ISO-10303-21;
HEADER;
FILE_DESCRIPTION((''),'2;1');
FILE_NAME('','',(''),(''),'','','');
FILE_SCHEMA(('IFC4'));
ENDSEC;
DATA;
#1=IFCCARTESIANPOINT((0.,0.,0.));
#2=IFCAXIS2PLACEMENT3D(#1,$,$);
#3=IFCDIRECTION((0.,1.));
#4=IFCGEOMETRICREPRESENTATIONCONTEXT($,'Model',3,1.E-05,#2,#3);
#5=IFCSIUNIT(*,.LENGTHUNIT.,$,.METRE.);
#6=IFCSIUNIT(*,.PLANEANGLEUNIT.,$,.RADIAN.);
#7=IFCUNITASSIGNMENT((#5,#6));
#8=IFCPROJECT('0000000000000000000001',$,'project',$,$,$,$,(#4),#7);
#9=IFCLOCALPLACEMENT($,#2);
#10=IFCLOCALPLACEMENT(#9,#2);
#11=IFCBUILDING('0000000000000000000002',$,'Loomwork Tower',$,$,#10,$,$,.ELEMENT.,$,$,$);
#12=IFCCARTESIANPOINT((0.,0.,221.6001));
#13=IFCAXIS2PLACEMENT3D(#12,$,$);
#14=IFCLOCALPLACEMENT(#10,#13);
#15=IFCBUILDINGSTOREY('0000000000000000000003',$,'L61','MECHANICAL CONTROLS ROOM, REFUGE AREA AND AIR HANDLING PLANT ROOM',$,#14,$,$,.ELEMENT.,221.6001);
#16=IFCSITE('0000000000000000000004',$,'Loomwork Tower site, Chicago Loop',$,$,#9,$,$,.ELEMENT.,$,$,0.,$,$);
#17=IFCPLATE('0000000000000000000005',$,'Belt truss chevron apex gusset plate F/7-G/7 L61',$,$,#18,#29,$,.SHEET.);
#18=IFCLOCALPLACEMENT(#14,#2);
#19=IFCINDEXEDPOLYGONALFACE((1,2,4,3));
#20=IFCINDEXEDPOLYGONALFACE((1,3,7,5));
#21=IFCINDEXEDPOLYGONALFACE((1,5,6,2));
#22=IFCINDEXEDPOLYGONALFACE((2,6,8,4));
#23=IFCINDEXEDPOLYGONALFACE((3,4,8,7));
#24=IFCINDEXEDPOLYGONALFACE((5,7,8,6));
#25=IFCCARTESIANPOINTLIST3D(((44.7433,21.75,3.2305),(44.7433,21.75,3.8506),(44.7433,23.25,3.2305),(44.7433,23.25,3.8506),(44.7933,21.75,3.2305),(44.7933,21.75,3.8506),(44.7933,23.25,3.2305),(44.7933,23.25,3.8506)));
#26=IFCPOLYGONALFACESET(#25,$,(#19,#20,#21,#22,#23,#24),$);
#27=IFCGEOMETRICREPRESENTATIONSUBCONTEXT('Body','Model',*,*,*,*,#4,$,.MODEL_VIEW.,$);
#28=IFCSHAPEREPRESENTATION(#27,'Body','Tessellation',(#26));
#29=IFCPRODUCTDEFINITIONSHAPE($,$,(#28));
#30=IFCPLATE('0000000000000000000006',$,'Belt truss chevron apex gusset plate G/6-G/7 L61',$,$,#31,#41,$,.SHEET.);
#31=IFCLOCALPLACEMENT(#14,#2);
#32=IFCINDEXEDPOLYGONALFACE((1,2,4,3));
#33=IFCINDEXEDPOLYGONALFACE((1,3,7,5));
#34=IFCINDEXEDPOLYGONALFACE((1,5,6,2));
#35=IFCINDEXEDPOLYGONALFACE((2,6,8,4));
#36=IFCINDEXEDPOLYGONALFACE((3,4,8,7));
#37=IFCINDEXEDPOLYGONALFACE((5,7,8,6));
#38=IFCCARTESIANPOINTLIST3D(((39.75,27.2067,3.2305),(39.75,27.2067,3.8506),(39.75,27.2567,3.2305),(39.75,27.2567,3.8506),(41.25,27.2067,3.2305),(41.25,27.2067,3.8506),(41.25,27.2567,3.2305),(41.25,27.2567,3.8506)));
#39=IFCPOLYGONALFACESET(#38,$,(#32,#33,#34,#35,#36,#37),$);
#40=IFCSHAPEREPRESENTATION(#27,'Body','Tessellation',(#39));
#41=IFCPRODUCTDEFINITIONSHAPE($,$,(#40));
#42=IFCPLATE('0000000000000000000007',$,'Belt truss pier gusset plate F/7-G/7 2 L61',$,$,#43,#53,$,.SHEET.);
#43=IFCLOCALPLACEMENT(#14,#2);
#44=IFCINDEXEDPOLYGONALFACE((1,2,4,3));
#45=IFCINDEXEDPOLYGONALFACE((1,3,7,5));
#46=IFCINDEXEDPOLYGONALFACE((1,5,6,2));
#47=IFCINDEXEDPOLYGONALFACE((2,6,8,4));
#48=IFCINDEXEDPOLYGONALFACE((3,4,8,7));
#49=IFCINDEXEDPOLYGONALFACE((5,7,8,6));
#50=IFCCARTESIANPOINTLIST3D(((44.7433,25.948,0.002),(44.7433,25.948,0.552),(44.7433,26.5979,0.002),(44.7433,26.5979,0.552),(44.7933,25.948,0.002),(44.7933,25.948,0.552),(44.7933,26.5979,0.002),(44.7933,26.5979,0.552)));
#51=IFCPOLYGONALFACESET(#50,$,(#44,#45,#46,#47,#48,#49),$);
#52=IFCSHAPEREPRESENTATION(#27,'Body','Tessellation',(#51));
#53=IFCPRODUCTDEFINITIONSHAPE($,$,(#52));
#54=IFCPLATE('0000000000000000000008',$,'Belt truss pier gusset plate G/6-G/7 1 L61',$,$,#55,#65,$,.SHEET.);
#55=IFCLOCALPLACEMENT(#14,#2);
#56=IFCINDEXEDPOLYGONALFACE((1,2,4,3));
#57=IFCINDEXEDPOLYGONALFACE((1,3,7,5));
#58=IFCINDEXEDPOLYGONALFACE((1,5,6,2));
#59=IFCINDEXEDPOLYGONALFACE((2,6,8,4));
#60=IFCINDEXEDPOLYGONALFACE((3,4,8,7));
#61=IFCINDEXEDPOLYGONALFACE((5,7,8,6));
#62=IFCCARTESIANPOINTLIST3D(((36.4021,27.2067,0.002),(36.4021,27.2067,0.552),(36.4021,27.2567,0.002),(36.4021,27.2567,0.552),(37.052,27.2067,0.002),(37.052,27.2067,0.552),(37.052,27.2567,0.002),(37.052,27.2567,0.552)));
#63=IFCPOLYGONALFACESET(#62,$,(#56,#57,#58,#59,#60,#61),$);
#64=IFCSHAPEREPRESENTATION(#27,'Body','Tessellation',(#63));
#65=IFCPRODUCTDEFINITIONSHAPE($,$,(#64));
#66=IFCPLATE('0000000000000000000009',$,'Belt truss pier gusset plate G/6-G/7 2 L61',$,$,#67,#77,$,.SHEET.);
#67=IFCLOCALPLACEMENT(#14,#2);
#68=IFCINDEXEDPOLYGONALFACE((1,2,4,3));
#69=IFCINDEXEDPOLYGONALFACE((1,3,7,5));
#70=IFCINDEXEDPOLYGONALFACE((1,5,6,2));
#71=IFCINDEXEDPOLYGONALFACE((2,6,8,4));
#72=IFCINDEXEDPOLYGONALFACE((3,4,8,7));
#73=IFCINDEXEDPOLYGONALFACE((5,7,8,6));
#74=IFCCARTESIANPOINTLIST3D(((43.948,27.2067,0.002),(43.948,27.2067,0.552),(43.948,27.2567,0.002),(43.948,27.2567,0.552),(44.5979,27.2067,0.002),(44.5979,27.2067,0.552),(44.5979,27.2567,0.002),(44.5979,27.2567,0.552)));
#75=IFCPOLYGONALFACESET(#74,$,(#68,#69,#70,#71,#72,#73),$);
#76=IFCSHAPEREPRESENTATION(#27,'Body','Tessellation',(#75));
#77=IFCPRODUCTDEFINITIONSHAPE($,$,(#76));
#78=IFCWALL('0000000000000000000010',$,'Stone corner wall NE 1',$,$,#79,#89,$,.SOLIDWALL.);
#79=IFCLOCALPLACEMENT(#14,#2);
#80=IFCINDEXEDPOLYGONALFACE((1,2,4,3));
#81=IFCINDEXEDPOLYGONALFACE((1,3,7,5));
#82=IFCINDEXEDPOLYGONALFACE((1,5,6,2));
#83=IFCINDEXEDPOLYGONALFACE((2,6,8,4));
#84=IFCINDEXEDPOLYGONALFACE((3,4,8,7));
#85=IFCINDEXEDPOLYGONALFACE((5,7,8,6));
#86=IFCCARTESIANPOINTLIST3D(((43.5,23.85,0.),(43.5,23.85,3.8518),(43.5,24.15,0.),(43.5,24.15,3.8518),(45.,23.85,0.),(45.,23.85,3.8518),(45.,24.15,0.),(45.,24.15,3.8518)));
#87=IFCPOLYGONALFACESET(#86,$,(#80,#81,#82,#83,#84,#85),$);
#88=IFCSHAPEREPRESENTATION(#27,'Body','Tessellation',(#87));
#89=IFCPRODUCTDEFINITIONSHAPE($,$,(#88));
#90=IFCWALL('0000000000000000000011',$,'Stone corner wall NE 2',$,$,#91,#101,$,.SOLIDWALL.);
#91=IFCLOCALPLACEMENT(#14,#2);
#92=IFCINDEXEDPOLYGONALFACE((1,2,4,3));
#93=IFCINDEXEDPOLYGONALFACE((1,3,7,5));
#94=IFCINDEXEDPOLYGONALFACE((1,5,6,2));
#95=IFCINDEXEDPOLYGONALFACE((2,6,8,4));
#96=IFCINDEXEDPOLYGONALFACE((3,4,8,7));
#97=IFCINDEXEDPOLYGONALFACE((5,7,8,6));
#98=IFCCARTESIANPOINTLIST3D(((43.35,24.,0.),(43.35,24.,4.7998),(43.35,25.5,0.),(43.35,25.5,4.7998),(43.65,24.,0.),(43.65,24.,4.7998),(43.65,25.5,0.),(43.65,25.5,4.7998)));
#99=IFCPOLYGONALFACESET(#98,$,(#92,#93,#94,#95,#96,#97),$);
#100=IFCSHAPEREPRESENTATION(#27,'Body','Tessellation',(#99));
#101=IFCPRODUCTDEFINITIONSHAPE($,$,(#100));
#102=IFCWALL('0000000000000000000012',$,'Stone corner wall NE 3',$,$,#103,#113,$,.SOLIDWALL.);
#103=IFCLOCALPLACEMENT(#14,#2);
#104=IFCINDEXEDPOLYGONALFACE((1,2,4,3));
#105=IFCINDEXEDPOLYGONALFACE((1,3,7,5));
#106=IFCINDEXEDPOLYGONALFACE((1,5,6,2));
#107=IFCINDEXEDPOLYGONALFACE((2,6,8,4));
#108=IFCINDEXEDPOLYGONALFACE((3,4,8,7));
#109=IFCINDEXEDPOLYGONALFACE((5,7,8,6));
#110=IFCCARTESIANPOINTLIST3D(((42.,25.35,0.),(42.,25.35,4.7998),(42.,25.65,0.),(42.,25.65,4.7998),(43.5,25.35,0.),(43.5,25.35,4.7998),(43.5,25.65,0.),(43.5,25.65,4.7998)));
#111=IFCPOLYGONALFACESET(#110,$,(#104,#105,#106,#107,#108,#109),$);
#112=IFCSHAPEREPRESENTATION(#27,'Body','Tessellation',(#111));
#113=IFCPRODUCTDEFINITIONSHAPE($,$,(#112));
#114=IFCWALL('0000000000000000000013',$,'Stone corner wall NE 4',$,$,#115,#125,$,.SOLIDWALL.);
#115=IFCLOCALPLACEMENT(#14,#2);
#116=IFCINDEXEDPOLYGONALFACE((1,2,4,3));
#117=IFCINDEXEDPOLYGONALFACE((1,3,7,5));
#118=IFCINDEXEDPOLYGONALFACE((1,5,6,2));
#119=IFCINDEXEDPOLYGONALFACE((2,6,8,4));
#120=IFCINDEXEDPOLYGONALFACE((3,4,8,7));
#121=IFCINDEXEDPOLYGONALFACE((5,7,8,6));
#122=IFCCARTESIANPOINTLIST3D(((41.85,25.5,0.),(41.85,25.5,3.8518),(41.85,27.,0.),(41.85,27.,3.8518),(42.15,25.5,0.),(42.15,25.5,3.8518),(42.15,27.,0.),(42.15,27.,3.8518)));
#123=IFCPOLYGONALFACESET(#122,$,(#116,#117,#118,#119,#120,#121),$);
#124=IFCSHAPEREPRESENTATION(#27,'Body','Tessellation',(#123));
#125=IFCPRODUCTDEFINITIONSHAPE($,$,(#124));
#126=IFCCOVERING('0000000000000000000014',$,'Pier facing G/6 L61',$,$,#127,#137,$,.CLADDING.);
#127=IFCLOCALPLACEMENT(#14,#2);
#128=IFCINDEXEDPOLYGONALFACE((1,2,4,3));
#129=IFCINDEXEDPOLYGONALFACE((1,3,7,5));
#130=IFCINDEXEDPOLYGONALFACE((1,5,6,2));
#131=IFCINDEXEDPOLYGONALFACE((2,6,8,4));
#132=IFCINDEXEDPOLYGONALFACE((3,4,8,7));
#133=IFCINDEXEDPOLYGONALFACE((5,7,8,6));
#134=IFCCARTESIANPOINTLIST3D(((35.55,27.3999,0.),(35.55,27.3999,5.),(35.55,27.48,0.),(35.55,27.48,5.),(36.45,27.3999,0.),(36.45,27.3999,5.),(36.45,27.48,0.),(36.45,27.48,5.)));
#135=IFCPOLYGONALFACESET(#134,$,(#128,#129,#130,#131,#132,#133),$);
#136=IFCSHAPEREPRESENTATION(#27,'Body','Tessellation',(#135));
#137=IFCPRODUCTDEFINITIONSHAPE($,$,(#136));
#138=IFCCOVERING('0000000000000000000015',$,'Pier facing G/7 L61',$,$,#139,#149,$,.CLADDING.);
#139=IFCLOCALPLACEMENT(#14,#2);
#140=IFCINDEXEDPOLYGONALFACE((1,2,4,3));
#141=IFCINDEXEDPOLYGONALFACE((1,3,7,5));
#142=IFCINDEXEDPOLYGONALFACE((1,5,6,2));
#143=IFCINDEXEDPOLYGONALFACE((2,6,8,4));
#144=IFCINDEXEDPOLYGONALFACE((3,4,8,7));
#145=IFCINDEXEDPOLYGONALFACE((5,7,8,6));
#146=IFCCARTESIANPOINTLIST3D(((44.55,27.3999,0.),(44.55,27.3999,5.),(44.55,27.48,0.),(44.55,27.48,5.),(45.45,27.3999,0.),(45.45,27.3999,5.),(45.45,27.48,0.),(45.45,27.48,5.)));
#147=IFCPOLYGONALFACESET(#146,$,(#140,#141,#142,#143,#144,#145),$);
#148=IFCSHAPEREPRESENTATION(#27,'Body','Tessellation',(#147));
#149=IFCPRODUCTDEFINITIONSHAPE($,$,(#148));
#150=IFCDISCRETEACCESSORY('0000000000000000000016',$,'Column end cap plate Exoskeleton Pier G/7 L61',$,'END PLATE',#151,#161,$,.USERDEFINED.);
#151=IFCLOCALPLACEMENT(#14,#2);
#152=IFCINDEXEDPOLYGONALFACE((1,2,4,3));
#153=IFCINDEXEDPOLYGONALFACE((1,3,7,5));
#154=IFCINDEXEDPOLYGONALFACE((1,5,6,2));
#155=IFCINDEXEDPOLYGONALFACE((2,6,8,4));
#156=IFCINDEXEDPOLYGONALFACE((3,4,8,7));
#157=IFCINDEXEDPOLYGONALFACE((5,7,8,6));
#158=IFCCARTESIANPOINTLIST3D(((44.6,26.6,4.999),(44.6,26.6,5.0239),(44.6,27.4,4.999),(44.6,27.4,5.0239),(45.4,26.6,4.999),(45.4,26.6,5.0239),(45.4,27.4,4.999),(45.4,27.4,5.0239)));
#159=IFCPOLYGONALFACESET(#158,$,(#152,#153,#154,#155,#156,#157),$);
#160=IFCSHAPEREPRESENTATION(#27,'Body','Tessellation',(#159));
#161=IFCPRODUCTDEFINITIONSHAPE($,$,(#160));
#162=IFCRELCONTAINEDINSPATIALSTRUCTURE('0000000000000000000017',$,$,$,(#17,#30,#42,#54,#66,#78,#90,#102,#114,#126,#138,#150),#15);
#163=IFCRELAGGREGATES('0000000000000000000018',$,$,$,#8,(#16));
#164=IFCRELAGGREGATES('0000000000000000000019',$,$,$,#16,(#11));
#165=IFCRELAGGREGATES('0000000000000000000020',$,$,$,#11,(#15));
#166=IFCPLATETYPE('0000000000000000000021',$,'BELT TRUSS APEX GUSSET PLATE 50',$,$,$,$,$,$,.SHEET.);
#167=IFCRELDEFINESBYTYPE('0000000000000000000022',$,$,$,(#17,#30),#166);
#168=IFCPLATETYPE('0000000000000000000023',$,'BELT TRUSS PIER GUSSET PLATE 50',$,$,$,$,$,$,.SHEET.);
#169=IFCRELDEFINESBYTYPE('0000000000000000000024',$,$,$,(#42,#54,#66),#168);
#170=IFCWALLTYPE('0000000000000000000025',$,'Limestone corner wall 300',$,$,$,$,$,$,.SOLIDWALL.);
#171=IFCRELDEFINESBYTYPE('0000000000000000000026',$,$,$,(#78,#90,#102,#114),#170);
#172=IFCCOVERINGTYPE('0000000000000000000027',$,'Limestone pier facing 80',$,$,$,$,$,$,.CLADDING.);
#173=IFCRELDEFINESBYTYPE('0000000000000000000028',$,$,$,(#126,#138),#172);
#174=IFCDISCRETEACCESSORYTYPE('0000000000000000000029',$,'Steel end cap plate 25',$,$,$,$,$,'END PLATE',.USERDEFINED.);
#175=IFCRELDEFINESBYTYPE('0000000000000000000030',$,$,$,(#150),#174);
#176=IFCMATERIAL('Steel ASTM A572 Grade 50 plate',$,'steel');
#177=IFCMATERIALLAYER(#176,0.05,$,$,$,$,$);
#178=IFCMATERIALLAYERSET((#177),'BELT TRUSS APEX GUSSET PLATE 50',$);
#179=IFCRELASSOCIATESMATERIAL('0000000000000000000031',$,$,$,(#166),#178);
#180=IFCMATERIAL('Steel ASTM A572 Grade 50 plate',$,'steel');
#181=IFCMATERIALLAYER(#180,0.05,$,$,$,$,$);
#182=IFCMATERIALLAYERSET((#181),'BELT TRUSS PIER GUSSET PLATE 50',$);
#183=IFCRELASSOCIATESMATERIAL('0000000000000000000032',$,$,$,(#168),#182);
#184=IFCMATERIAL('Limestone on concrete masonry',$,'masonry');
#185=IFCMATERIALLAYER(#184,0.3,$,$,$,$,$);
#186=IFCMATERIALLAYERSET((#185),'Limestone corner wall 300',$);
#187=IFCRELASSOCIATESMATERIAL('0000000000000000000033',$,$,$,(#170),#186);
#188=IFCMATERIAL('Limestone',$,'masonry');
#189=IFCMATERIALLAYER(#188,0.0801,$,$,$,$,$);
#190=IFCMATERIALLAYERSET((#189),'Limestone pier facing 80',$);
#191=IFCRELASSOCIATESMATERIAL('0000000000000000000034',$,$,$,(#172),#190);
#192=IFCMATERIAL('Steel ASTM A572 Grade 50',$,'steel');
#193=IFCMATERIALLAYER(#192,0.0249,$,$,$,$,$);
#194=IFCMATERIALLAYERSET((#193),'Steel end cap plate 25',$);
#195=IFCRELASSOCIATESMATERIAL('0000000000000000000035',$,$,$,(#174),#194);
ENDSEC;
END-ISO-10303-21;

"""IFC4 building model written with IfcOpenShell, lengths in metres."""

from ifc_helpers import new_model, si_unit, direction, frame, frame_2d, origin, origin_2d, place, context, subcontext, project, spatial, rectangle, extrude, material, layer, layer_set, type_object, element, save


model = new_model("IFC4")

# Units and contexts
model_context = context("Model", 3, precision=1e-05, world=origin(), true_north=direction((0.0, 1.0)))
body_context = subcontext(model_context, "Body", "Model", "MODEL_VIEW")
ifc_project = project(units=[si_unit("LENGTHUNIT", "METRE"), si_unit("PLANEANGLEUNIT", "RADIAN")], contexts=[model_context])

# Site, building, storey
site_placement = place(None, origin())
site = spatial("IfcSite", under=ifc_project, at=site_placement, Name="Loomwork Tower site, Chicago Loop", CompositionType="ELEMENT", RefElevation=0.0)
building_placement = place(site_placement, origin())
building = spatial("IfcBuilding", under=site, at=building_placement, Name="Loomwork Tower", CompositionType="ELEMENT")
storey_placement = place(building_placement, frame((0.0, 0.0, 221.6001)))
storey = spatial("IfcBuildingStorey", under=building, at=storey_placement, Name="L61", Description="MECHANICAL CONTROLS ROOM, REFUGE AREA AND AIR HANDLING PLANT ROOM", CompositionType="ELEMENT", Elevation=221.6001)

# Plates
ifc_material_1 = material(Name="Steel ASTM A572 Grade 50 plate", Category="steel")
ifc_layer_1 = layer(ifc_material_1, 0.05)
ifc_layer_set_1 = layer_set([ifc_layer_1], Name="BELT TRUSS APEX GUSSET PLATE 50")
plate_type_1 = type_object("IfcPlateType", Name="BELT TRUSS APEX GUSSET PLATE 50", PredefinedType="SHEET", material=ifc_layer_set_1)
for number, where, z_axis, x_axis, name in (
    (1, (44.7683, 22.5, 3.2305), (0.0, 0.0, 1.0), (0.0, 1.0, 0.0), "Belt truss chevron apex gusset plate F/7-G/7 L61"),
    (2, (40.5, 27.2317, 3.2305), (0.0, 0.0, 1.0), (1.0, 0.0, 0.0), "Belt truss chevron apex gusset plate G/6-G/7 L61"),
):
    element("IfcPlate", number, at=place(storey_placement, frame(where, z_axis=z_axis, x_axis=x_axis)), inside=storey, type_object=plate_type_1, Name=name, PredefinedType="SHEET", context=body_context, shape_type="SweptSolid", body=[
        extrude(rectangle(XDim=1.5, YDim=0.05, at=origin_2d()), origin(), (0.0, 0.0, 1.0), 0.6201),
    ])
ifc_material_2 = material(Name="Steel ASTM A572 Grade 50 plate", Category="steel")
ifc_layer_2 = layer(ifc_material_2, 0.05)
ifc_layer_set_2 = layer_set([ifc_layer_2], Name="BELT TRUSS PIER GUSSET PLATE 50")
plate_type_2 = type_object("IfcPlateType", Name="BELT TRUSS PIER GUSSET PLATE 50", PredefinedType="SHEET", material=ifc_layer_set_2)
for number, where, z_axis, x_axis, name in (
    (3, (44.7683, 26.2729, 0.002), (0.0, 0.0, 1.0), (0.0, 1.0, 0.0), "Belt truss pier gusset plate F/7-G/7 2 L61"),
    (4, (36.7271, 27.2317, 0.002), (0.0, 0.0, 1.0), (1.0, 0.0, 0.0), "Belt truss pier gusset plate G/6-G/7 1 L61"),
    (5, (44.2729, 27.2317, 0.002), (0.0, 0.0, 1.0), (1.0, 0.0, 0.0), "Belt truss pier gusset plate G/6-G/7 2 L61"),
):
    element("IfcPlate", number, at=place(storey_placement, frame(where, z_axis=z_axis, x_axis=x_axis)), inside=storey, type_object=plate_type_2, Name=name, PredefinedType="SHEET", context=body_context, shape_type="SweptSolid", body=[
        extrude(rectangle(XDim=0.6499, YDim=0.05, at=origin_2d()), origin(), (0.0, 0.0, 1.0), 0.55),
    ])

# Walls
ifc_material_3 = material(Name="Limestone on concrete masonry", Category="masonry")
ifc_layer_3 = layer(ifc_material_3, 0.3)
ifc_layer_set_3 = layer_set([ifc_layer_3], Name="Limestone corner wall 300")
wall_type = type_object("IfcWallType", Name="Limestone corner wall 300", PredefinedType="SOLIDWALL", material=ifc_layer_set_3)
wall_1_placement = place(storey_placement, frame((45.0, 24.0, 0.0), z_axis=(0.0, 0.0, 1.0), x_axis=(-1.0, 0.0, 0.0)))
element("IfcWall", 6, at=wall_1_placement, inside=storey, type_object=wall_type, Name="Stone corner wall NE 1", PredefinedType="SOLIDWALL", context=body_context, shape_type="SweptSolid", body=[
    extrude(rectangle(XDim=1.5, YDim=0.3, at=frame_2d((0.75, 0.0))), origin(), (0.0, 0.0, 1.0), 3.8518),
])
for number, where, z_axis, x_axis, name in (
    (7, (43.5, 24.0, 0.0), (0.0, 0.0, 1.0), (0.0, 1.0, 0.0), "Stone corner wall NE 2"),
    (8, (43.5, 25.5, 0.0), (0.0, 0.0, 1.0), (-1.0, 0.0, 0.0), "Stone corner wall NE 3"),
):
    element("IfcWall", number, at=place(storey_placement, frame(where, z_axis=z_axis, x_axis=x_axis)), inside=storey, type_object=wall_type, Name=name, PredefinedType="SOLIDWALL", context=body_context, shape_type="SweptSolid", body=[
        extrude(rectangle(XDim=1.5, YDim=0.3, at=frame_2d((0.75, 0.0))), origin(), (0.0, 0.0, 1.0), 4.7998),
    ])
wall_2_placement = place(storey_placement, frame((42.0, 25.5, 0.0), z_axis=(0.0, 0.0, 1.0), x_axis=(0.0, 1.0, 0.0)))
element("IfcWall", 9, at=wall_2_placement, inside=storey, type_object=wall_type, Name="Stone corner wall NE 4", PredefinedType="SOLIDWALL", context=body_context, shape_type="SweptSolid", body=[
    extrude(rectangle(XDim=1.5, YDim=0.3, at=frame_2d((0.75, 0.0))), origin(), (0.0, 0.0, 1.0), 3.8518),
])

# Coverings
ifc_material_4 = material(Name="Limestone", Category="masonry")
ifc_layer_4 = layer(ifc_material_4, 0.0801)
ifc_layer_set_4 = layer_set([ifc_layer_4], Name="Limestone pier facing 80")
covering_type = type_object("IfcCoveringType", Name="Limestone pier facing 80", PredefinedType="CLADDING", material=ifc_layer_set_4)
for number, where, z_axis, x_axis, name in (
    (10, (36.0, 27.4399, 0.0), (0.0, 0.0, 1.0), (1.0, 0.0, 0.0), "Pier facing G/6 L61"),
    (11, (45.0, 27.4399, 0.0), (0.0, 0.0, 1.0), (1.0, 0.0, 0.0), "Pier facing G/7 L61"),
):
    element("IfcCovering", number, at=place(storey_placement, frame(where, z_axis=z_axis, x_axis=x_axis)), inside=storey, type_object=covering_type, Name=name, PredefinedType="CLADDING", context=body_context, shape_type="SweptSolid", body=[
        extrude(rectangle(XDim=0.8999, YDim=0.0801, at=origin_2d()), origin(), (0.0, 0.0, 1.0), 5.0),
    ])

# Discrete accessory
ifc_material_5 = material(Name="Steel ASTM A572 Grade 50", Category="steel")
ifc_layer_5 = layer(ifc_material_5, 0.0249)
ifc_layer_set_5 = layer_set([ifc_layer_5], Name="Steel end cap plate 25")
discrete_accessory_type = type_object("IfcDiscreteAccessoryType", Name="Steel end cap plate 25", ElementType="END PLATE", PredefinedType="USERDEFINED", material=ifc_layer_set_5)
discrete_accessory_placement = place(storey_placement, frame((45.0, 27.0, 4.999), z_axis=(0.0, 0.0, 1.0), x_axis=(1.0, 0.0, 0.0)))
element("IfcDiscreteAccessory", 12, at=discrete_accessory_placement, inside=storey, type_object=discrete_accessory_type, Name="Column end cap plate Exoskeleton Pier G/7 L61", ObjectType="END PLATE", PredefinedType="USERDEFINED", context=body_context, shape_type="SweptSolid", body=[
    extrude(rectangle(XDim=0.8, YDim=0.8, at=origin_2d()), origin(), (0.0, 0.0, 1.0), 0.0249),
])

save(model, "model.ifc")
